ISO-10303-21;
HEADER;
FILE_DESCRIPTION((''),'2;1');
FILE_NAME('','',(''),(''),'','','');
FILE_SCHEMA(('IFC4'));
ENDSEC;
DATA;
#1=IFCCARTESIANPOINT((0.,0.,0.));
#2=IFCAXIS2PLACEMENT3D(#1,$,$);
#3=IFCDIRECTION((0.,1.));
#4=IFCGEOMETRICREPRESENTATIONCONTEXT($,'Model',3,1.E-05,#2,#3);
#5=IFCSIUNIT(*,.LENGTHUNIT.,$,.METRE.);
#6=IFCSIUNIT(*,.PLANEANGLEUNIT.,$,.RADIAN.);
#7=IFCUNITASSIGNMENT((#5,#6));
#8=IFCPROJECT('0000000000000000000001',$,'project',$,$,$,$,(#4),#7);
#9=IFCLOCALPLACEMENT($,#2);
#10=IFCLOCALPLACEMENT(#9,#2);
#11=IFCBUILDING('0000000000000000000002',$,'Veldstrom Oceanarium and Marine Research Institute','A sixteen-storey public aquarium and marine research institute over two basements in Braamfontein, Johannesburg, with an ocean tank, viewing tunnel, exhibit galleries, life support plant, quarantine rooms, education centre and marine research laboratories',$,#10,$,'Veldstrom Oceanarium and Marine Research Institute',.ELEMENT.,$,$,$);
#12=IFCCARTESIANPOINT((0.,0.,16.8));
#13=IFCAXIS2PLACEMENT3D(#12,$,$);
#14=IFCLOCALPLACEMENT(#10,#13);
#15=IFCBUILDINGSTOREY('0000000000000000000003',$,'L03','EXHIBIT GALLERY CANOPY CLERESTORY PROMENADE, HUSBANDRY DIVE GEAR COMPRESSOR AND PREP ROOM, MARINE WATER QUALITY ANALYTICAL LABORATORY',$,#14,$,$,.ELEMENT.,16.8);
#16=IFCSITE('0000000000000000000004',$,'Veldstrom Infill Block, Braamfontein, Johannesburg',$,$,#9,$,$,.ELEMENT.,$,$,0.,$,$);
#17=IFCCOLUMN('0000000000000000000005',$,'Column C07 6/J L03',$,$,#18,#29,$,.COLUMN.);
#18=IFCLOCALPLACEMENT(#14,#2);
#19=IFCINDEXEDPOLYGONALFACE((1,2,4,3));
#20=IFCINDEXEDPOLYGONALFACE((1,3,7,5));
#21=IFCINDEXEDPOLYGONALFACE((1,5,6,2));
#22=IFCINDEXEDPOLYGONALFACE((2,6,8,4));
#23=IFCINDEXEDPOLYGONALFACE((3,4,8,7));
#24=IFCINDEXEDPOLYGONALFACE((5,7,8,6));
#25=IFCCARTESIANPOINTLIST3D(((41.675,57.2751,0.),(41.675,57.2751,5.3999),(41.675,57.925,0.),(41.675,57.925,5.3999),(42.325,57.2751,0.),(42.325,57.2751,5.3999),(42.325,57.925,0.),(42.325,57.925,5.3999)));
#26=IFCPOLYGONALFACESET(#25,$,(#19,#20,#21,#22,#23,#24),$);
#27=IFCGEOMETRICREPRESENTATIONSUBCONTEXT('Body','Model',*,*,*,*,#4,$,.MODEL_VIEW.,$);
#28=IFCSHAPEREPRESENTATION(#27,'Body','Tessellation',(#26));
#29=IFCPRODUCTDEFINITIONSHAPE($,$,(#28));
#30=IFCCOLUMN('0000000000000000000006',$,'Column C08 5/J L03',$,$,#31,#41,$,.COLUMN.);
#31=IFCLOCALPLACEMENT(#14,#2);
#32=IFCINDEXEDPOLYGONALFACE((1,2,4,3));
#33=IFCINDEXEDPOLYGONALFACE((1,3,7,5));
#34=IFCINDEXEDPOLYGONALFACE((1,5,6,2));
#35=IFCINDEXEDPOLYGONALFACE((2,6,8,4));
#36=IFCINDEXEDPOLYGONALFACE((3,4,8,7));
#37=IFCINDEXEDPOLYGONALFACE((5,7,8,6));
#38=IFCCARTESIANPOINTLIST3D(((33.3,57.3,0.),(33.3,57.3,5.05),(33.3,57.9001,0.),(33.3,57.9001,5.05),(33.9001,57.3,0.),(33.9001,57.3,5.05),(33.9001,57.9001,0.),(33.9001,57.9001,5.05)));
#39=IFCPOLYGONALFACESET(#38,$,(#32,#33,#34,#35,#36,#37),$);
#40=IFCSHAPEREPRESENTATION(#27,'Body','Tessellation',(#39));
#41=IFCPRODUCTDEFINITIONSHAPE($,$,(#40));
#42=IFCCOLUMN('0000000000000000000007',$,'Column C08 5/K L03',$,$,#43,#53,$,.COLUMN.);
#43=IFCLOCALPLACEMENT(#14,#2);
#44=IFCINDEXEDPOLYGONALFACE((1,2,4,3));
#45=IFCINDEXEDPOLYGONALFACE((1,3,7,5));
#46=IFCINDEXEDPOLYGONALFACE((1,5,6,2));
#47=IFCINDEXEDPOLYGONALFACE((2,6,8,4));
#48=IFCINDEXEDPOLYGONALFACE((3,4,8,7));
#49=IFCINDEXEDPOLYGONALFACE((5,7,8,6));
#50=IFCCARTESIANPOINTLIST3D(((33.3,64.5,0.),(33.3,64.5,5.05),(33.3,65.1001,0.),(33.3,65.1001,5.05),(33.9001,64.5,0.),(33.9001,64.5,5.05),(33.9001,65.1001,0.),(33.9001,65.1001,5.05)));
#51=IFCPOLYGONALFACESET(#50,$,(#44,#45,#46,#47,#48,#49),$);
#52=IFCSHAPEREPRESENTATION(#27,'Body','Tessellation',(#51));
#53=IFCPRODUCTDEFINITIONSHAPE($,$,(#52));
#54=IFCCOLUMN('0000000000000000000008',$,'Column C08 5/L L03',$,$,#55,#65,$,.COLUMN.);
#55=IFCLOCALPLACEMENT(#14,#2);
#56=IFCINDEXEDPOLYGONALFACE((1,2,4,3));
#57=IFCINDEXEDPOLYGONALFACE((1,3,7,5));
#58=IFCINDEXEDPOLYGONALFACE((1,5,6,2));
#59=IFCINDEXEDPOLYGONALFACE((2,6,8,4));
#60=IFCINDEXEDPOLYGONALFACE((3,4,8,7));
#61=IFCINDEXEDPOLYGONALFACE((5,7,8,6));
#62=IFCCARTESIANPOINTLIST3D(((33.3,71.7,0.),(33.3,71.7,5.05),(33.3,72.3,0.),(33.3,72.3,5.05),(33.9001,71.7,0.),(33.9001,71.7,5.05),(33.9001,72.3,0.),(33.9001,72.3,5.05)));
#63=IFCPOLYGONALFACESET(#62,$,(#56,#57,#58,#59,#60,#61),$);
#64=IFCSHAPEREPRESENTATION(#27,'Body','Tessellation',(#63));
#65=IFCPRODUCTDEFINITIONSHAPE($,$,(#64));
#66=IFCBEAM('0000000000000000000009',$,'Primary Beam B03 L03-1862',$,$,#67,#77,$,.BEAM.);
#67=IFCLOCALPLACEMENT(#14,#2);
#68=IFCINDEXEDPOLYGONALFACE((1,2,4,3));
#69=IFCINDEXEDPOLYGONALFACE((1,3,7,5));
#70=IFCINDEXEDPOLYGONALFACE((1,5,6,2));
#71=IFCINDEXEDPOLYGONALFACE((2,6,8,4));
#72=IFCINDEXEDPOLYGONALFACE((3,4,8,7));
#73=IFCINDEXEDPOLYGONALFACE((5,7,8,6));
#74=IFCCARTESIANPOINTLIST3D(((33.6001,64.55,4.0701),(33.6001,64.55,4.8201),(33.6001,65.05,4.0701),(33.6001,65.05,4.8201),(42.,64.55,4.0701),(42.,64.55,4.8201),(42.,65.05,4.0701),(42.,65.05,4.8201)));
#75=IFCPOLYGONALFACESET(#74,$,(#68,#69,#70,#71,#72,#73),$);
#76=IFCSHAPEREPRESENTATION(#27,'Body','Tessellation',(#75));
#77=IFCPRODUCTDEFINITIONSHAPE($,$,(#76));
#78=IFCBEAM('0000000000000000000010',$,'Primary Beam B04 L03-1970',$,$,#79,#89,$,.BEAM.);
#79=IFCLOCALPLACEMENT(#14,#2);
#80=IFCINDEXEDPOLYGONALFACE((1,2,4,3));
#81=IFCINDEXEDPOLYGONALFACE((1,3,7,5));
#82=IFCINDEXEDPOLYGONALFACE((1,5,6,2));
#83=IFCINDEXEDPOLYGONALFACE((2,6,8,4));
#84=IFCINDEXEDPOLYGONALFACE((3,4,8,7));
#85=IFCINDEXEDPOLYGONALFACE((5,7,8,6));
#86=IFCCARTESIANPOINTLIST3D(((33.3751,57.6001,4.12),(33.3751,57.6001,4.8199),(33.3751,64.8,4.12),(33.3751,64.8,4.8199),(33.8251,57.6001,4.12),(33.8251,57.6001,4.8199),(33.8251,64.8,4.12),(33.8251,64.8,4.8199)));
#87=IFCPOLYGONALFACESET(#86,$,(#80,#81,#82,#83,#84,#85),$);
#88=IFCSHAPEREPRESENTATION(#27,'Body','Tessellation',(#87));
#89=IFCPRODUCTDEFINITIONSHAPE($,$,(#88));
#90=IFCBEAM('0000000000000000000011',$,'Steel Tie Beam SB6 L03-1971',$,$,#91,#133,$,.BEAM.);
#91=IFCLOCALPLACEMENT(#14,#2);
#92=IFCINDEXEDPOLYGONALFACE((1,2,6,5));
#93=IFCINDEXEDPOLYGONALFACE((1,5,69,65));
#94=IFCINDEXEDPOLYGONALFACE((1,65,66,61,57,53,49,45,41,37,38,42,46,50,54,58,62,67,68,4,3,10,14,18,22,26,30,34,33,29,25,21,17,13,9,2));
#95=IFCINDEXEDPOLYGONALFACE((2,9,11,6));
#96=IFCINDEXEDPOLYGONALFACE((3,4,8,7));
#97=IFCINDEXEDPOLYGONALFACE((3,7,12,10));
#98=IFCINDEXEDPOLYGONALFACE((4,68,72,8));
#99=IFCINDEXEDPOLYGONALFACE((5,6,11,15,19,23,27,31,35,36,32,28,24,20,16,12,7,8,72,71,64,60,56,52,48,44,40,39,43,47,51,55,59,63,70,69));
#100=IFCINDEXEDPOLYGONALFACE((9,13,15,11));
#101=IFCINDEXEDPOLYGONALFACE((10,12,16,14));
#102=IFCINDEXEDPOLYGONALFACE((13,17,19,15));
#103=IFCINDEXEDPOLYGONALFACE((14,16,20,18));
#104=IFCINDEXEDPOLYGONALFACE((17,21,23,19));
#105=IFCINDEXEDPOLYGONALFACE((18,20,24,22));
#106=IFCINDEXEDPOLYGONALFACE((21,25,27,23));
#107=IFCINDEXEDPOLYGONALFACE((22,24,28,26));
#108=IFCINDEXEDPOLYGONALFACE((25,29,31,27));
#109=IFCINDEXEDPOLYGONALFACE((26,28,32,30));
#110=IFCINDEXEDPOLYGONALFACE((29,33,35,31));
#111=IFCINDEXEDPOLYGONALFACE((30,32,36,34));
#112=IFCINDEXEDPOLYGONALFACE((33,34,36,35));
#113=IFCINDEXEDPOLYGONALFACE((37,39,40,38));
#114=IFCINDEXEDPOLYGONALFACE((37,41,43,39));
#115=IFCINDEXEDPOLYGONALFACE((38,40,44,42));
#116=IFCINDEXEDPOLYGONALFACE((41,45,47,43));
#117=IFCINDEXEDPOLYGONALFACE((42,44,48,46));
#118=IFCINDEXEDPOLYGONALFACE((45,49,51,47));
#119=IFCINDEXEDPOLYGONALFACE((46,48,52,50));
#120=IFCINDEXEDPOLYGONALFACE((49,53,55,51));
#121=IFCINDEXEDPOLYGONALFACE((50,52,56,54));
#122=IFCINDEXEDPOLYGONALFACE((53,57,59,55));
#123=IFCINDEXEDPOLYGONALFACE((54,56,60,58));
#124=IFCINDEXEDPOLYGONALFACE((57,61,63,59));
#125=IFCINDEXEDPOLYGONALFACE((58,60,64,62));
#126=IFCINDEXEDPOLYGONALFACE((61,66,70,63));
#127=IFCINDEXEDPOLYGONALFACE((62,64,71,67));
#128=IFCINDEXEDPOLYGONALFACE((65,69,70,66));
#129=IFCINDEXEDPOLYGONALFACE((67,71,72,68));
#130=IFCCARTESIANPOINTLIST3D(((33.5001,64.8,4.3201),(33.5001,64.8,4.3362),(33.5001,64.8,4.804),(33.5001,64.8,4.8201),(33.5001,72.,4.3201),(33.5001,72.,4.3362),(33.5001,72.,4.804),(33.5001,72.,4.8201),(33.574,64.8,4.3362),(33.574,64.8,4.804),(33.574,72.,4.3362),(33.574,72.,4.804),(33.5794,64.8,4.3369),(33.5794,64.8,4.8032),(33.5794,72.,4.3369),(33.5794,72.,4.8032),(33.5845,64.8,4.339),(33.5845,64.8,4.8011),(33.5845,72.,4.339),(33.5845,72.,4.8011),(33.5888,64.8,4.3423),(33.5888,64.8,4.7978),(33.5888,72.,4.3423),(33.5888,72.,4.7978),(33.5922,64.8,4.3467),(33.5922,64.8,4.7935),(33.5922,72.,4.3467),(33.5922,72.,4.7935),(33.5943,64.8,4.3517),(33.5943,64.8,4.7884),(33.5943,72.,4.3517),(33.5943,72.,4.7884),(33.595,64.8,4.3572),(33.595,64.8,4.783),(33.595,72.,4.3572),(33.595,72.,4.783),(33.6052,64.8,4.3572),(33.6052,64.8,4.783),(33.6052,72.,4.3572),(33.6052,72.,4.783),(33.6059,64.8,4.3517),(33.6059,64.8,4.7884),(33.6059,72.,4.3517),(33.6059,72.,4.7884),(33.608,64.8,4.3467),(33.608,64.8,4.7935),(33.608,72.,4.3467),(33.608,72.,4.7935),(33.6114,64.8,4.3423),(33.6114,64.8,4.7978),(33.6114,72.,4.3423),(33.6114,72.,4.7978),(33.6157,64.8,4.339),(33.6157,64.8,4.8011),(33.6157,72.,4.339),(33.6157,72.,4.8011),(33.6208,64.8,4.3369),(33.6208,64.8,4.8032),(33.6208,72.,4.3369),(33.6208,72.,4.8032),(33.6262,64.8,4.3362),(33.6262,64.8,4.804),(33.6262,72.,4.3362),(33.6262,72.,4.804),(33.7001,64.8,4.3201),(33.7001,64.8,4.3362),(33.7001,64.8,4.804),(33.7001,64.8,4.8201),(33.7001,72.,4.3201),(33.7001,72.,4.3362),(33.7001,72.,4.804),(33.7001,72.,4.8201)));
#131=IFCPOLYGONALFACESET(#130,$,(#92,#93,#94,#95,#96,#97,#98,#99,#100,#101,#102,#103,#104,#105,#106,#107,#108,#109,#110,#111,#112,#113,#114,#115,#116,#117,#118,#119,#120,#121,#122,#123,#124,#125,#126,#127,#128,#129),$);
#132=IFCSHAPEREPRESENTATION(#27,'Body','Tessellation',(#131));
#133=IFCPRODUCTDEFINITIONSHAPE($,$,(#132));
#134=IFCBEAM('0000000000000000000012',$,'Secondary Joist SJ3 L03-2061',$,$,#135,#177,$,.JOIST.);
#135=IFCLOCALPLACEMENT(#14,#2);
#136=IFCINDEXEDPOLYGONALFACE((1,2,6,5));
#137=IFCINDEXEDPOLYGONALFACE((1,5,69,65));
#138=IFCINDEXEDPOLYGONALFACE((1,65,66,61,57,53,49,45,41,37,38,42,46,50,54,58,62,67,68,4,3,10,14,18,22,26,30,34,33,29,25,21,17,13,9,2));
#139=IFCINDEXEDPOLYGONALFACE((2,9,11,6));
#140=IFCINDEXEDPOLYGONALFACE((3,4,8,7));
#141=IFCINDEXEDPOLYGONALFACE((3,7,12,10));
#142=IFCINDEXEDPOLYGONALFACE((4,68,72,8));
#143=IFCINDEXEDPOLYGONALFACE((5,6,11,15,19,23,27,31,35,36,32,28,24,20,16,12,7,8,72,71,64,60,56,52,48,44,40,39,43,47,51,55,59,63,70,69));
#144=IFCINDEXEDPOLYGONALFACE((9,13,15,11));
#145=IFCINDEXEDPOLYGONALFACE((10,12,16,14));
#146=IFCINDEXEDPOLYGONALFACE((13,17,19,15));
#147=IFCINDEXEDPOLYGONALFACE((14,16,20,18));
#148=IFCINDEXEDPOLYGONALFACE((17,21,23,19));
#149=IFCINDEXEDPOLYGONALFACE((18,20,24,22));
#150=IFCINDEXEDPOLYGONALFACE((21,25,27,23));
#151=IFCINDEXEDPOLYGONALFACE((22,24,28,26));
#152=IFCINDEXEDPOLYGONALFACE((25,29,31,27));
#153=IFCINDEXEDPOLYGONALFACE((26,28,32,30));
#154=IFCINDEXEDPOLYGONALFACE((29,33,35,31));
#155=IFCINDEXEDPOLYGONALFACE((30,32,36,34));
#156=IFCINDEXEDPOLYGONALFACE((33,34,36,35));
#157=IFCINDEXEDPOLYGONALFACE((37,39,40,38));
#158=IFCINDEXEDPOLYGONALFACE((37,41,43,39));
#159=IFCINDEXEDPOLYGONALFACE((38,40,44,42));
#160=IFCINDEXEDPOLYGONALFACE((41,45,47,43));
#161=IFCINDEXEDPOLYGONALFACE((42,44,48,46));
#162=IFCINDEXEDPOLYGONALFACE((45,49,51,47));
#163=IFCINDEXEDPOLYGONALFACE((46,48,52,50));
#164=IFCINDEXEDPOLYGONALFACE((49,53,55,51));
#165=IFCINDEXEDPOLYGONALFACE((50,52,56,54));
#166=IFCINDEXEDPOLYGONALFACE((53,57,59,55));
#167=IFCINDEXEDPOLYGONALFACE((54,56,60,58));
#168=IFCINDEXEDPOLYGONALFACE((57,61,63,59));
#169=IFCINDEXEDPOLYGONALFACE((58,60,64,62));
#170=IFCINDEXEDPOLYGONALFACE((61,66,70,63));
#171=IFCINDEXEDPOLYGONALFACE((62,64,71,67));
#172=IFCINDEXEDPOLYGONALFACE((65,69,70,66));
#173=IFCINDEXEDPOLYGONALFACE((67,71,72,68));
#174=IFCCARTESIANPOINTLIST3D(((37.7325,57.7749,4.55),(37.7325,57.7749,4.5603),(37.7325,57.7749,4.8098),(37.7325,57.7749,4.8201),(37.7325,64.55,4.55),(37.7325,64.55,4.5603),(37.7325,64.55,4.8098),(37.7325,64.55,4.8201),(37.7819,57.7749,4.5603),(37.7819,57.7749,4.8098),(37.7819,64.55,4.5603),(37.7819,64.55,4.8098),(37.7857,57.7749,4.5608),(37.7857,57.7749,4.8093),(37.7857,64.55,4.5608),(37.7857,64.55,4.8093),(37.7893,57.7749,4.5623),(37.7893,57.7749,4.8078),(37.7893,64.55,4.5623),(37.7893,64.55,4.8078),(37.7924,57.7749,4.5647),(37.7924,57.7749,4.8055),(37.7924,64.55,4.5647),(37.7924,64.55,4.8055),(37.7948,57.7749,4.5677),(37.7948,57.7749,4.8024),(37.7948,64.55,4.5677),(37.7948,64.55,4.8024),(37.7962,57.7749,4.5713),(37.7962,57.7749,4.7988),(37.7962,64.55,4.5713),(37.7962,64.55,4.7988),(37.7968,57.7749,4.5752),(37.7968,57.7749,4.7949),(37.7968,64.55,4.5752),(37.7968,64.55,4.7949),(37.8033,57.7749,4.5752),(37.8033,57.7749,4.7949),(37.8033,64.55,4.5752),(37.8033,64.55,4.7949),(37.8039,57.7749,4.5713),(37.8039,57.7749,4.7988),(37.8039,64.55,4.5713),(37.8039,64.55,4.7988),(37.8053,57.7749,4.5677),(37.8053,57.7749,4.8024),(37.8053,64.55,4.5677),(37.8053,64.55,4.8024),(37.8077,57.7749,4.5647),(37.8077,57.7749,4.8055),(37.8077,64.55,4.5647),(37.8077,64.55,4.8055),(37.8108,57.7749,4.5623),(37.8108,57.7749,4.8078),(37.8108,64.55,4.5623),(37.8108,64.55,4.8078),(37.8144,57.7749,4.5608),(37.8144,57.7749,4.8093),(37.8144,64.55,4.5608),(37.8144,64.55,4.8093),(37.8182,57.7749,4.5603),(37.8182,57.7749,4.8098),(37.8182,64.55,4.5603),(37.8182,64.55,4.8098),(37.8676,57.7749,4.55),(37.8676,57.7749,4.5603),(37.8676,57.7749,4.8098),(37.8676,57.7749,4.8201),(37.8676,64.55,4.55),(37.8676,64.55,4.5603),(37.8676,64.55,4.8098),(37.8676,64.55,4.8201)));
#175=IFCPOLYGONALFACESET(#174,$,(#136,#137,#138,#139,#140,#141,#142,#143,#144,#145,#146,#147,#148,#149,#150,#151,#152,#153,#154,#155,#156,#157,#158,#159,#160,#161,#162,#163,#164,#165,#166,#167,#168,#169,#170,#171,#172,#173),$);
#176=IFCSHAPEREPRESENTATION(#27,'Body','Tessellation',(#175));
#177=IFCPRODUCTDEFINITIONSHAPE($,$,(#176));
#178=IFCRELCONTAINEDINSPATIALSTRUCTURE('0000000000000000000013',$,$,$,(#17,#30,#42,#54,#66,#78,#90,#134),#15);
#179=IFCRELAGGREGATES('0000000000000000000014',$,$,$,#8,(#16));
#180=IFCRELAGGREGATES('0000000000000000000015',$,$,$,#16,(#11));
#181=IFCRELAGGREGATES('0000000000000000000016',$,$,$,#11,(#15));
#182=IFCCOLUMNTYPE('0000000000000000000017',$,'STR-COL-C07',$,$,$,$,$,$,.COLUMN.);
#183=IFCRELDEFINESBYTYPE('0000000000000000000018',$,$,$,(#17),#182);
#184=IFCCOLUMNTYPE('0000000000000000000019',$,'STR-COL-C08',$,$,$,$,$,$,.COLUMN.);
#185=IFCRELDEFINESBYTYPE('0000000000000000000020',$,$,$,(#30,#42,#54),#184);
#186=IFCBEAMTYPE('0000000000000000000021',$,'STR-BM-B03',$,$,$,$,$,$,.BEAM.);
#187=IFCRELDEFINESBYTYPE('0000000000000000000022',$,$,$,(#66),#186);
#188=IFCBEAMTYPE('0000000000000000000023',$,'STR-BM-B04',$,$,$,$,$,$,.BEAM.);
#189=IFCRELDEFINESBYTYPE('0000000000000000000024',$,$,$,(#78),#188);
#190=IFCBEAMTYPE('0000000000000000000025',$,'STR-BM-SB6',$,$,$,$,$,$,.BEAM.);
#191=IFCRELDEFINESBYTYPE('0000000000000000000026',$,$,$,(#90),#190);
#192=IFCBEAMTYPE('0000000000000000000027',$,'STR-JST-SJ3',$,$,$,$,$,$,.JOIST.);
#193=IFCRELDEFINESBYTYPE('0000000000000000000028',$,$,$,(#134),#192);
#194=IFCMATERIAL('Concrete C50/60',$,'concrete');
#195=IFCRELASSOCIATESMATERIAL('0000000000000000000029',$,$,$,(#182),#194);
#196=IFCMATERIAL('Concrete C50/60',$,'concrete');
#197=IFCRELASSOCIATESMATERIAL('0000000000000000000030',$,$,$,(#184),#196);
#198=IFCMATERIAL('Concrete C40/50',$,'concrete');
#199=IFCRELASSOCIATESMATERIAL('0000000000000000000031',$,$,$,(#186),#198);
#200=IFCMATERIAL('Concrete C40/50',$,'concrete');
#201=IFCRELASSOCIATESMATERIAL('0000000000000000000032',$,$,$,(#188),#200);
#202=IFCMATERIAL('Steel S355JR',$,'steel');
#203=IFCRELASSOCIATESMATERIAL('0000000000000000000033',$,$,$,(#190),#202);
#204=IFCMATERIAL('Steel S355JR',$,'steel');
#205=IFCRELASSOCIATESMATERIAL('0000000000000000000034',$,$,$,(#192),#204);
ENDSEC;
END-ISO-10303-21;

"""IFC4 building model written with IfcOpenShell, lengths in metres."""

from ifc_helpers import new_model, si_unit, direction, frame, origin, origin_2d, place, context, subcontext, project, spatial, rectangle, i_section, extrude, material, material_profile, profile_set, type_object, element, save


model = new_model("IFC4")

# Units and contexts
model_context = context("Model", 3, precision=1e-05, world=origin(), true_north=direction((0.0, 1.0)))
body_context = subcontext(model_context, "Body", "Model", "MODEL_VIEW")
ifc_project = project(units=[si_unit("LENGTHUNIT", "METRE"), si_unit("PLANEANGLEUNIT", "RADIAN")], contexts=[model_context])

# Site, building, storey
site_placement = place(None, origin())
site = spatial("IfcSite", under=ifc_project, at=site_placement, Name="Veldstrom Infill Block, Braamfontein, Johannesburg", CompositionType="ELEMENT", RefElevation=0.0)
building_placement = place(site_placement, origin())
building = spatial("IfcBuilding", under=site, at=building_placement, Name="Veldstrom Oceanarium and Marine Research Institute", Description="A sixteen-storey public aquarium and marine research institute over two basements in Braamfontein, Johannesburg, with an ocean tank, viewing tunnel, exhibit galleries, life support plant, quarantine rooms, education centre and marine research laboratories", LongName="Veldstrom Oceanarium and Marine Research Institute", CompositionType="ELEMENT")
storey_placement = place(building_placement, frame((0.0, 0.0, 16.8)))
storey = spatial("IfcBuildingStorey", under=building, at=storey_placement, Name="L03", Description="EXHIBIT GALLERY CANOPY CLERESTORY PROMENADE, HUSBANDRY DIVE GEAR COMPRESSOR AND PREP ROOM, MARINE WATER QUALITY ANALYTICAL LABORATORY", CompositionType="ELEMENT", Elevation=16.8)

# Columns
ifc_material_1 = material(Name="Concrete C50/60", Category="concrete")
ifc_material_profile_1 = material_profile(ifc_material_1, rectangle(XDim=0.6499, YDim=0.6499, at=origin_2d()), Name="RC-COL-650x650")
ifc_profile_set_1 = profile_set([ifc_material_profile_1], Name="Concrete C50/60")
column_type_1 = type_object("IfcColumnType", Name="STR-COL-C07", PredefinedType="COLUMN", material=ifc_profile_set_1)
column_placement = place(storey_placement, frame((42.0, 57.6001, 0.0), z_axis=(0.0, 0.0, 1.0), x_axis=(1.0, 0.0, 0.0)))
element("IfcColumn", 1, at=column_placement, inside=storey, type_object=column_type_1, Name="Column C07 6/J L03", PredefinedType="COLUMN", context=body_context, shape_type="SweptSolid", body=[
    extrude(rectangle(XDim=0.6499, YDim=0.6499, at=origin_2d()), origin(), (0.0, 0.0, 1.0), 5.3999),
])
ifc_material_2 = material(Name="Concrete C50/60", Category="concrete")
ifc_material_profile_2 = material_profile(ifc_material_2, rectangle(XDim=0.6001, YDim=0.6001, at=origin_2d()), Name="RC-COL-600x600")
ifc_profile_set_2 = profile_set([ifc_material_profile_2], Name="Concrete C50/60")
column_type_2 = type_object("IfcColumnType", Name="STR-COL-C08", PredefinedType="COLUMN", material=ifc_profile_set_2)
for number, where, z_axis, x_axis, name in (
    (2, (33.6001, 57.6001, 0.0), (0.0, 0.0, 1.0), (1.0, 0.0, 0.0), "Column C08 5/J L03"),
    (3, (33.6001, 64.8, 0.0), (0.0, 0.0, 1.0), (1.0, 0.0, 0.0), "Column C08 5/K L03"),
    (4, (33.6001, 72.0, 0.0), (0.0, 0.0, 1.0), (1.0, 0.0, 0.0), "Column C08 5/L L03"),
):
    element("IfcColumn", number, at=place(storey_placement, frame(where, z_axis=z_axis, x_axis=x_axis)), inside=storey, type_object=column_type_2, Name=name, PredefinedType="COLUMN", context=body_context, shape_type="SweptSolid", body=[
        extrude(rectangle(XDim=0.6001, YDim=0.6001, at=origin_2d()), origin(), (0.0, 0.0, 1.0), 5.05),
    ])

# Beams
ifc_material_3 = material(Name="Concrete C40/50", Category="concrete")
ifc_material_profile_3 = material_profile(ifc_material_3, rectangle(XDim=0.5, YDim=0.75, at=origin_2d()), Name="RC-BM-500x750")
ifc_profile_set_3 = profile_set([ifc_material_profile_3], Name="Concrete C40/50")
beam_type_1 = type_object("IfcBeamType", Name="STR-BM-B03", PredefinedType="BEAM", material=ifc_profile_set_3)
beam_1_placement = place(storey_placement, frame((33.6001, 64.8, 4.4451), z_axis=(1.0, 0.0, 0.0), x_axis=(0.0, 1.0, 0.0)))
element("IfcBeam", 5, at=beam_1_placement, inside=storey, type_object=beam_type_1, Name="Primary Beam B03 L03-1862", PredefinedType="BEAM", context=body_context, shape_type="SweptSolid", body=[
    extrude(rectangle(XDim=0.5, YDim=0.75, at=origin_2d()), origin(), (0.0, 0.0, 1.0), 8.3999),
])
ifc_material_4 = material(Name="Concrete C40/50", Category="concrete")
ifc_material_profile_4 = material_profile(ifc_material_4, rectangle(XDim=0.45, YDim=0.7, at=origin_2d()), Name="RC-BM-450x700")
ifc_profile_set_4 = profile_set([ifc_material_profile_4], Name="Concrete C40/50")
beam_type_2 = type_object("IfcBeamType", Name="STR-BM-B04", PredefinedType="BEAM", material=ifc_profile_set_4)
beam_2_placement = place(storey_placement, frame((33.6001, 57.6001, 4.47), z_axis=(0.0, 1.0, 0.0), x_axis=(-1.0, 0.0, 0.0)))
element("IfcBeam", 6, at=beam_2_placement, inside=storey, type_object=beam_type_2, Name="Primary Beam B04 L03-1970", PredefinedType="BEAM", context=body_context, shape_type="SweptSolid", body=[
    extrude(rectangle(XDim=0.45, YDim=0.7, at=origin_2d()), origin(), (0.0, 0.0, 1.0), 7.2),
])
ifc_material_5 = material(Name="Steel S355JR", Category="steel")
ifc_material_profile_5 = material_profile(ifc_material_5, i_section(OverallWidth=0.2, OverallDepth=0.5, WebThickness=0.0103, FlangeThickness=0.0161, FilletRadius=0.021, at=origin_2d()), Name="IPE 500")
ifc_profile_set_5 = profile_set([ifc_material_profile_5], Name="Steel S355JR")
beam_type_3 = type_object("IfcBeamType", Name="STR-BM-SB6", PredefinedType="BEAM", material=ifc_profile_set_5)
beam_3_placement = place(storey_placement, frame((33.6001, 64.8, 4.5701), z_axis=(0.0, 1.0, 0.0), x_axis=(-1.0, 0.0, 0.0)))
element("IfcBeam", 7, at=beam_3_placement, inside=storey, type_object=beam_type_3, Name="Steel Tie Beam SB6 L03-1971", PredefinedType="BEAM", context=body_context, shape_type="SweptSolid", body=[
    extrude(i_section(OverallWidth=0.2, OverallDepth=0.5, WebThickness=0.0103, FlangeThickness=0.0161, FilletRadius=0.021, at=origin_2d()), origin(), (0.0, 0.0, 1.0), 7.2),
])
ifc_material_6 = material(Name="Steel S355JR", Category="steel")
ifc_material_profile_6 = material_profile(ifc_material_6, i_section(OverallWidth=0.135, OverallDepth=0.27, WebThickness=0.0066, FlangeThickness=0.0103, FilletRadius=0.0149, at=origin_2d()), Name="IPE 270")
ifc_profile_set_6 = profile_set([ifc_material_profile_6], Name="Steel S355JR")
beam_type_4 = type_object("IfcBeamType", Name="STR-JST-SJ3", PredefinedType="JOIST", material=ifc_profile_set_6)
beam_4_placement = place(storey_placement, frame((37.8, 57.7749, 4.6851), z_axis=(0.0, 1.0, 0.0), x_axis=(-1.0, 0.0, 0.0)))
element("IfcBeam", 8, at=beam_4_placement, inside=storey, type_object=beam_type_4, Name="Secondary Joist SJ3 L03-2061", PredefinedType="JOIST", context=body_context, shape_type="SweptSolid", body=[
    extrude(i_section(OverallWidth=0.135, OverallDepth=0.27, WebThickness=0.0066, FlangeThickness=0.0103, FilletRadius=0.0149, at=origin_2d()), origin(), (0.0, 0.0, 1.0), 6.7751),
])

save(model, "model.ifc")
